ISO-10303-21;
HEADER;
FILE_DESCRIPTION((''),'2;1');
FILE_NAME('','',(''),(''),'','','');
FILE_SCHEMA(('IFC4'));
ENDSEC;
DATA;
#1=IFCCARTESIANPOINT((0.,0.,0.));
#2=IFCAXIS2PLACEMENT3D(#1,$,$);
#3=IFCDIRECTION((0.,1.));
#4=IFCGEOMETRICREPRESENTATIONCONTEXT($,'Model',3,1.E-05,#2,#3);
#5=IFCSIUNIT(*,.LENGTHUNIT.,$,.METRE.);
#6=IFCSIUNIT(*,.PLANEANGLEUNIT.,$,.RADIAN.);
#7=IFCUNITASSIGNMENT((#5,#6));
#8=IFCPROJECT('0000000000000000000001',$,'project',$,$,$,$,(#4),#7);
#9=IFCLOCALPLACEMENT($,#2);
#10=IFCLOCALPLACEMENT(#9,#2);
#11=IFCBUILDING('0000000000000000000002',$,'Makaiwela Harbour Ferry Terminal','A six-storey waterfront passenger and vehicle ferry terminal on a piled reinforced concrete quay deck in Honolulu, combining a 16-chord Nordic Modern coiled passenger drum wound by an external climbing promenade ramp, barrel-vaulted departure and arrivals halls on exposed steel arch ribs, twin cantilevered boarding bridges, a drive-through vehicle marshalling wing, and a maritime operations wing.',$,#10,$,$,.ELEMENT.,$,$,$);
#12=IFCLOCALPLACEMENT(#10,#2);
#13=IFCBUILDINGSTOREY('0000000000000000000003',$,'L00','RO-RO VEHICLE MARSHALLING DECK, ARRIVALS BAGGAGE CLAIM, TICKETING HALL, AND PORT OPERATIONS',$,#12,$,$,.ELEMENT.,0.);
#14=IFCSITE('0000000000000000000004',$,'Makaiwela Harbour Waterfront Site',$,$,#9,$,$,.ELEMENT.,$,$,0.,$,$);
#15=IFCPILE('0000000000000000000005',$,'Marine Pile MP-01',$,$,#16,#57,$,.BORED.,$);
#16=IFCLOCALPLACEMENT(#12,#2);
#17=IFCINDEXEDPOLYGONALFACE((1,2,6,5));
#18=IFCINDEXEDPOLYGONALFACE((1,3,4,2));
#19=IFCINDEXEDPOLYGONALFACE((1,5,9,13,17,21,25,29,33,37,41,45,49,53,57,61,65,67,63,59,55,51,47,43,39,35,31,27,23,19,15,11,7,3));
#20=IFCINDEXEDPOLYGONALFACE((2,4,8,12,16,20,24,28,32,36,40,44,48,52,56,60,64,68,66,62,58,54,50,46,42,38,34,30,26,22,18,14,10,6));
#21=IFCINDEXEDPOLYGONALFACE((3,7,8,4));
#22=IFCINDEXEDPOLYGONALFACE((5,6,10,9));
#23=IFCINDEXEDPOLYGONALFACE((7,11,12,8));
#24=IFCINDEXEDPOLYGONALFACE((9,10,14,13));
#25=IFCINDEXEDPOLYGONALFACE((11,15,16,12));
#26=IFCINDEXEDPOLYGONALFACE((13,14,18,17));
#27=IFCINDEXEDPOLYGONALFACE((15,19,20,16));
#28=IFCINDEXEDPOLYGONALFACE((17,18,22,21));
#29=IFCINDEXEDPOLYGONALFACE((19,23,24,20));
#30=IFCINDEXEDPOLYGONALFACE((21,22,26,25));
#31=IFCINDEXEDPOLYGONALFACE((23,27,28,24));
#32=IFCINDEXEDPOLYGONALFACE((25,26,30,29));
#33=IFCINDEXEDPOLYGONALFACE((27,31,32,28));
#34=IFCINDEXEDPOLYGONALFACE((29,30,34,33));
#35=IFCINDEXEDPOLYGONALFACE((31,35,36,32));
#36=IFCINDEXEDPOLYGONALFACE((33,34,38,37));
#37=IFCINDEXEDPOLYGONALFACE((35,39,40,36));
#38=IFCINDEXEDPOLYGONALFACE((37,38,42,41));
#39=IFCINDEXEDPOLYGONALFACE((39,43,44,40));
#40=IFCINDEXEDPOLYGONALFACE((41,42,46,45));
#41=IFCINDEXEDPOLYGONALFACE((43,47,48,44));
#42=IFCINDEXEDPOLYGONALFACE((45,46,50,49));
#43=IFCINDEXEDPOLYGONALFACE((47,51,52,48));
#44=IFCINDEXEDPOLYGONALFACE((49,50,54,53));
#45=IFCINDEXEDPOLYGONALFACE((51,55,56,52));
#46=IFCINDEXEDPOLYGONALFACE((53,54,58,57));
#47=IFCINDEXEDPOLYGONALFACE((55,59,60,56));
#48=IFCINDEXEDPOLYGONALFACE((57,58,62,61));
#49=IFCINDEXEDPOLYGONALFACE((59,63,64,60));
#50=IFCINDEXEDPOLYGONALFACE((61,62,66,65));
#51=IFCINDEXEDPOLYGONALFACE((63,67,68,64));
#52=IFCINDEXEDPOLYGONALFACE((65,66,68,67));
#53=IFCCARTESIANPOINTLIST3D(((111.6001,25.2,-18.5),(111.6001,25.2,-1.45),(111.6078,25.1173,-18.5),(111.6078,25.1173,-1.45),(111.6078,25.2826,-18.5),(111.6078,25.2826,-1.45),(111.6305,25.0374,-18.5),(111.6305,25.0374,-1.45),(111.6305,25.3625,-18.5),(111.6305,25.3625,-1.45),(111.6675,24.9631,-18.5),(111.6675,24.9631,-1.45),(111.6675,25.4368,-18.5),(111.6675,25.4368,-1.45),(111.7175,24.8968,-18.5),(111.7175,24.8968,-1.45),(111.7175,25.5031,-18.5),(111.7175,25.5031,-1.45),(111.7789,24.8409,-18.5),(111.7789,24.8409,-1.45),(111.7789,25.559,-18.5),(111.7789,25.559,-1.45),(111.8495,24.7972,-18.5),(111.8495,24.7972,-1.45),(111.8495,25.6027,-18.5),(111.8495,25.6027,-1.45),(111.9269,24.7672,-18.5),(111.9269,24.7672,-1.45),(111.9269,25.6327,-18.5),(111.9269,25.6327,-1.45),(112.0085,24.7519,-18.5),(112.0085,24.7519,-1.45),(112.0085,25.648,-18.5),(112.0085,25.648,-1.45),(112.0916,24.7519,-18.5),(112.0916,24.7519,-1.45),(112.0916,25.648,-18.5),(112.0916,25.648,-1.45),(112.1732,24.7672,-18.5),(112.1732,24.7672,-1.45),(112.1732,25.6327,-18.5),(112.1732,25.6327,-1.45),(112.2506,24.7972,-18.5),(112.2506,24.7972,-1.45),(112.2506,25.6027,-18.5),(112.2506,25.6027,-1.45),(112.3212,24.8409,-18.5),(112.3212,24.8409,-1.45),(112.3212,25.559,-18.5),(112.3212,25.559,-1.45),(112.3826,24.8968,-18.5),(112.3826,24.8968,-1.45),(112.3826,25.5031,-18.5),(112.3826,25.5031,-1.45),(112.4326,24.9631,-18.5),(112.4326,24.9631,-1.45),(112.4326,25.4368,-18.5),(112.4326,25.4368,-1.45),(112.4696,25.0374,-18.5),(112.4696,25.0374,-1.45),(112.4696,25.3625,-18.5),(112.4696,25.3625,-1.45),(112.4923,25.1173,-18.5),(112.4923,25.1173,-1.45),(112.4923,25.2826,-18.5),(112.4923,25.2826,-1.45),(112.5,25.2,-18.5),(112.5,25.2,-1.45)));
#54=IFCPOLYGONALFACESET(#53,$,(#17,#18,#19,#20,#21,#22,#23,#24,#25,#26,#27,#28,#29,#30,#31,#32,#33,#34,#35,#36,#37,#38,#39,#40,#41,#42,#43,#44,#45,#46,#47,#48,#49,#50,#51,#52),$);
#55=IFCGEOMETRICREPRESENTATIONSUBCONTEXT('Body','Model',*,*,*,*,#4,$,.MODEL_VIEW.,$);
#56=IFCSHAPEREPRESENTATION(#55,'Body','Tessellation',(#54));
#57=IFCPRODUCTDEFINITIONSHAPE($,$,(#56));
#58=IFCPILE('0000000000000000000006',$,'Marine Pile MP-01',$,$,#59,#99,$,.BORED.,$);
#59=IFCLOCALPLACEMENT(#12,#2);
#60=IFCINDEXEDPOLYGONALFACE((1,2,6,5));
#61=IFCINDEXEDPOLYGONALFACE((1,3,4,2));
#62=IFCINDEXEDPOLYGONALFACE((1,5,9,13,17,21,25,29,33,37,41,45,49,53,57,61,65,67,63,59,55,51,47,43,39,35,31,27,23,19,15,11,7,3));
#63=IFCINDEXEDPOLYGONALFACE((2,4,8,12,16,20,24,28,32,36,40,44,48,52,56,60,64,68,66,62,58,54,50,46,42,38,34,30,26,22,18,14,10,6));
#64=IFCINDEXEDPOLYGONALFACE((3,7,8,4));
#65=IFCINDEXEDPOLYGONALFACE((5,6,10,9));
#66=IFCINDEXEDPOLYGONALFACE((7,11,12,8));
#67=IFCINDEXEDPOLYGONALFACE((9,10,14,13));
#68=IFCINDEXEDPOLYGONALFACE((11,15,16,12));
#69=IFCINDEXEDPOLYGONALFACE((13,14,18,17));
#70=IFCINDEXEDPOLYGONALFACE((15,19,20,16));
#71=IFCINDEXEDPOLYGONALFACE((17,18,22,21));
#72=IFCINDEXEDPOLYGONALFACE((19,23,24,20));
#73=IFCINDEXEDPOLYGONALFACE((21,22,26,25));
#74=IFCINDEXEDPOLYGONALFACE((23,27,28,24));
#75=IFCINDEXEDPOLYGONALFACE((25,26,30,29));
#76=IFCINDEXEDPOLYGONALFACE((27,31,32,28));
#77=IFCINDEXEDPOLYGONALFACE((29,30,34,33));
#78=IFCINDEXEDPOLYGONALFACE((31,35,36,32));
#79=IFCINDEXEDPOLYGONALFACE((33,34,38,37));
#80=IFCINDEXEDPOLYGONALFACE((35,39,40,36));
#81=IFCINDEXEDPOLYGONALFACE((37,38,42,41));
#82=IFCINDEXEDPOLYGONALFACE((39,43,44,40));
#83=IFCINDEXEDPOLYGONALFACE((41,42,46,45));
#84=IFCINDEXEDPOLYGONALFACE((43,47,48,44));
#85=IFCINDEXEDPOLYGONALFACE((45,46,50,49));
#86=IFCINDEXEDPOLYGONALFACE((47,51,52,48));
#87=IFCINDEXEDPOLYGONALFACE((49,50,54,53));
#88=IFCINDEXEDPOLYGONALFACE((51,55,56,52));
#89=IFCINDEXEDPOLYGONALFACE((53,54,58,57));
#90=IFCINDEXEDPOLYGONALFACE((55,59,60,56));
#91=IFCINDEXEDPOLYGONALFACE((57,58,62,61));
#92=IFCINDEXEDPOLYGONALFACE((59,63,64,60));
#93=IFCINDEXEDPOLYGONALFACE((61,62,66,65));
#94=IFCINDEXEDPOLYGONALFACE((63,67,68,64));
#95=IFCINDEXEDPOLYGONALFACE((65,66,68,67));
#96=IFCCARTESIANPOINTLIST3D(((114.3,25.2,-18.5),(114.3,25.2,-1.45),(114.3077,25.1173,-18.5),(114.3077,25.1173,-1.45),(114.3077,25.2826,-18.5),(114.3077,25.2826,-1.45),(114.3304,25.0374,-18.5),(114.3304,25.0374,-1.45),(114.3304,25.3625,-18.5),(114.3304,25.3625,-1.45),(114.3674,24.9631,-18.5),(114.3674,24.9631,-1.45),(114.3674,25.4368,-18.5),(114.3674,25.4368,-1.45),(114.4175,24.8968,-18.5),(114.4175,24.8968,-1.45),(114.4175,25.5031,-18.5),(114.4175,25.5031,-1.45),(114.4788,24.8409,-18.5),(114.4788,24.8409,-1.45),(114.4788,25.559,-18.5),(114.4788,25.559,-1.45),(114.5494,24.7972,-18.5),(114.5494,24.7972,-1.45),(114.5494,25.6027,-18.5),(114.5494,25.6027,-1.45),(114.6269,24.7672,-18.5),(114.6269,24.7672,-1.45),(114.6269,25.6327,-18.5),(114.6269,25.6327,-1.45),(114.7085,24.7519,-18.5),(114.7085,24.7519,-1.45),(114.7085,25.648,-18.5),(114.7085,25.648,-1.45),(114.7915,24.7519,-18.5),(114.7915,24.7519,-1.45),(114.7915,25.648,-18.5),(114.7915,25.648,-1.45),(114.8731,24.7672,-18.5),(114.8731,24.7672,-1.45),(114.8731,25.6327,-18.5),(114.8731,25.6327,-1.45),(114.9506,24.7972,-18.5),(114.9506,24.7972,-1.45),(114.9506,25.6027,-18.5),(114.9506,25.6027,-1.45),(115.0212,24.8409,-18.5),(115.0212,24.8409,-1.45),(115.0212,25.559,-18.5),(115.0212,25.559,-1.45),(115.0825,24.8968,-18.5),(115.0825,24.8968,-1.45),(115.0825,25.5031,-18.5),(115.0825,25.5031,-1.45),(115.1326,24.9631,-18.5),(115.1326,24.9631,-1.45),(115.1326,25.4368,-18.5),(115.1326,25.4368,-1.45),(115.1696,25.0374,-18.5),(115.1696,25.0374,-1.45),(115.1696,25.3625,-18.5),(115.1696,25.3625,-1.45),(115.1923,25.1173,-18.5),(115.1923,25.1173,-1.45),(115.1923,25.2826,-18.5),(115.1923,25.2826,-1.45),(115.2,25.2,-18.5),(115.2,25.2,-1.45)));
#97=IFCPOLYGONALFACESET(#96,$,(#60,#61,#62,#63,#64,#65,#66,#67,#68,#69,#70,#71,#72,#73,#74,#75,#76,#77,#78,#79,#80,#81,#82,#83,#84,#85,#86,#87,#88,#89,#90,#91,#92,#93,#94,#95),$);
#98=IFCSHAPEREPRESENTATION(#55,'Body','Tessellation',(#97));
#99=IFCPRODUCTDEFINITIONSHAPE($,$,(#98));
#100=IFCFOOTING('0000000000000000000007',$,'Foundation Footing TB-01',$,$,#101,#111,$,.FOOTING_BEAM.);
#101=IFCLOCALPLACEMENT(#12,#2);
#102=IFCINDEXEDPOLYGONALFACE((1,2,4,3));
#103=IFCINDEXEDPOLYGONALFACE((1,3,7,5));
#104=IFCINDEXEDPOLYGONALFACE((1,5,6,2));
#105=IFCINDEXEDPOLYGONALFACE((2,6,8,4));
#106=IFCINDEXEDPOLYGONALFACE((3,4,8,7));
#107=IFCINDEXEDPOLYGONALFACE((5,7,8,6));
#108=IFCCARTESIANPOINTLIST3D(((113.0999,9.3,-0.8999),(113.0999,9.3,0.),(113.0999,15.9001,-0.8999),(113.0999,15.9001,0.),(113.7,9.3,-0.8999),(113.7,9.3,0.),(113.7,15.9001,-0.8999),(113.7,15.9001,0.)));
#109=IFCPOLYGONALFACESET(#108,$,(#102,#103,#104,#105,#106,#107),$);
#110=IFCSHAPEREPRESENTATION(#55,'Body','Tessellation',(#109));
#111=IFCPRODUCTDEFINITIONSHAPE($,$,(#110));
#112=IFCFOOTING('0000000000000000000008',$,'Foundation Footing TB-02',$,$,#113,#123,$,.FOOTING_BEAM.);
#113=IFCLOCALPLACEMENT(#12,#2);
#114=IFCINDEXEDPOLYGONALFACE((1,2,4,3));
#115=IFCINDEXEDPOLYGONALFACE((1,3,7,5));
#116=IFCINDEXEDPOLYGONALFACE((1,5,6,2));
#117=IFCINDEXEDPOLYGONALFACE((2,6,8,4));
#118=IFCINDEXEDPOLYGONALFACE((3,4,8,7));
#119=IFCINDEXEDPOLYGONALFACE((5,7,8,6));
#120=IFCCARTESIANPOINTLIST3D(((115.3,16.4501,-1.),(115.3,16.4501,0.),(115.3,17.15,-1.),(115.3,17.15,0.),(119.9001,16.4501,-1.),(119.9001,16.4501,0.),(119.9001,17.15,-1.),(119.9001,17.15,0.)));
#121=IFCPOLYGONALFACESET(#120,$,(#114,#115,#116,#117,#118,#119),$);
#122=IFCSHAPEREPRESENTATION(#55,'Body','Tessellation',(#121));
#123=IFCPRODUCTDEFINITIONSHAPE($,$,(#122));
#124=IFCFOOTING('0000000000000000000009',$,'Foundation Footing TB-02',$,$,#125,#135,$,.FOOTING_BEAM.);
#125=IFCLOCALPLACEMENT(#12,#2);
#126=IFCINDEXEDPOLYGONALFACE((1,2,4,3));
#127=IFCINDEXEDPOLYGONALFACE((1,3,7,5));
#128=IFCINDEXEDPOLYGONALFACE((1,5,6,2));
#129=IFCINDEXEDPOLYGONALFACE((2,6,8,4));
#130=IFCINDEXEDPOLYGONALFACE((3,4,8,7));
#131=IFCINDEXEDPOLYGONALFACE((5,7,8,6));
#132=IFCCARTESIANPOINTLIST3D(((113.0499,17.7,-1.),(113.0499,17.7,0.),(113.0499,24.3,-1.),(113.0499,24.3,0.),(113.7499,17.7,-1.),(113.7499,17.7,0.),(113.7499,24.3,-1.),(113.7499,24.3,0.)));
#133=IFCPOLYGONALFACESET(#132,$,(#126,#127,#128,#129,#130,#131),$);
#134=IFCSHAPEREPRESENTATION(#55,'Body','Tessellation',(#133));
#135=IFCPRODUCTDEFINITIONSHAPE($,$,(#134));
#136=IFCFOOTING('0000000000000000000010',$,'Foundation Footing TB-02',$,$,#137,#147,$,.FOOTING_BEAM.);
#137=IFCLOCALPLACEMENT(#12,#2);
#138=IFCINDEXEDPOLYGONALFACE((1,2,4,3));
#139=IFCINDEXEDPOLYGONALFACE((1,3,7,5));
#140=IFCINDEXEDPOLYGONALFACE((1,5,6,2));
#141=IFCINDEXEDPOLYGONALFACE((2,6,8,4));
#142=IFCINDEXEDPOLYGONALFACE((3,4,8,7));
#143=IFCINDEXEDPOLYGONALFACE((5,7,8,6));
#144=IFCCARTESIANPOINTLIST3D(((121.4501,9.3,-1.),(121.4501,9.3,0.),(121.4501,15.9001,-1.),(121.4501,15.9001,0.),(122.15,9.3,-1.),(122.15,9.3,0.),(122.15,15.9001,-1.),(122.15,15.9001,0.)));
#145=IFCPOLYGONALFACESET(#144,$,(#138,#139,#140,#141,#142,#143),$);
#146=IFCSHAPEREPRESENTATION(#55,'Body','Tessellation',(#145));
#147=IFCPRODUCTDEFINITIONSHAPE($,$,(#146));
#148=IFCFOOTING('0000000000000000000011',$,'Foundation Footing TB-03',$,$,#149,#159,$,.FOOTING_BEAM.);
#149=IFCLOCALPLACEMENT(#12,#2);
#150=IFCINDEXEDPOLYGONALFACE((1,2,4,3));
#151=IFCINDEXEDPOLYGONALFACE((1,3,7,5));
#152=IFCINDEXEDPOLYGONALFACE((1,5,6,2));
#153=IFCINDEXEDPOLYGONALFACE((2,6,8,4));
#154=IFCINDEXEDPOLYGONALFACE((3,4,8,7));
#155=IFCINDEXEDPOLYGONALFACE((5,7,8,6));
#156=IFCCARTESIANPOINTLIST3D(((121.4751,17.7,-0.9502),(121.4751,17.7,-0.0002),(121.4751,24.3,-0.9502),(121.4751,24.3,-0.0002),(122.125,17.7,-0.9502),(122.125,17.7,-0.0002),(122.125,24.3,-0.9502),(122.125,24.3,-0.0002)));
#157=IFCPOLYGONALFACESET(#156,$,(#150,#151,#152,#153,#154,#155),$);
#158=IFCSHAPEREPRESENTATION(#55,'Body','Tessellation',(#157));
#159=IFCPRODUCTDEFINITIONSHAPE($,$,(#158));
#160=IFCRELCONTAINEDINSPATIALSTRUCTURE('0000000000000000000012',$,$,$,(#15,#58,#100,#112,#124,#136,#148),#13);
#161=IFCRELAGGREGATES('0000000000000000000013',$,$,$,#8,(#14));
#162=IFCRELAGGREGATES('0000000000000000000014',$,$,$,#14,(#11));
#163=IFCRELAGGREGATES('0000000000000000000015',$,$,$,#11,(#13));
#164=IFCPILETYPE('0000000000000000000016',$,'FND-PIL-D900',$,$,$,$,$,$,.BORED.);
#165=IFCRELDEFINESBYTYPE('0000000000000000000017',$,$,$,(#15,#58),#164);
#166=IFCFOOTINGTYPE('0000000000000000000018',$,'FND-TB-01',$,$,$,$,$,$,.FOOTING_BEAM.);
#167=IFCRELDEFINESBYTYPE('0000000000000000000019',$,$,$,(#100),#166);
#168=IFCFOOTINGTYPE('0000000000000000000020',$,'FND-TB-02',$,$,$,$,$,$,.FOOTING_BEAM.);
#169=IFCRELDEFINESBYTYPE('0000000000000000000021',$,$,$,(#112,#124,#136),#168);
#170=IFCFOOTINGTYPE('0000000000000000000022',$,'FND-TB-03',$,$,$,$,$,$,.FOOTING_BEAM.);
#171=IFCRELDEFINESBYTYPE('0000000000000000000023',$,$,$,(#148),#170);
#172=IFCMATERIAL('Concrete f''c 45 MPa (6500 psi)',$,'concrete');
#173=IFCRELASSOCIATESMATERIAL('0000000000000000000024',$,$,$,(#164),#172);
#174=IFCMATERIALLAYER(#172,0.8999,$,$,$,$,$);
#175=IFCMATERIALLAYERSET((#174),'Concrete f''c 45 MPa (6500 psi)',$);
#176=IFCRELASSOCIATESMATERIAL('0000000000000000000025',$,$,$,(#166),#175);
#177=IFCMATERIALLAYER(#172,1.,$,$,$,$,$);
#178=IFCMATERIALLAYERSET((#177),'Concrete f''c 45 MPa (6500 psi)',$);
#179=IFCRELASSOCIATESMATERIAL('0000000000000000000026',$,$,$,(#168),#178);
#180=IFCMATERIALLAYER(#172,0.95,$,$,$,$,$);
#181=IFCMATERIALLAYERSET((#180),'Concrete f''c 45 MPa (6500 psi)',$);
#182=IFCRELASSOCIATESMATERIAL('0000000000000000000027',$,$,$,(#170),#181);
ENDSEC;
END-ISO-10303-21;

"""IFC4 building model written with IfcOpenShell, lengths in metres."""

from ifc_helpers import new_model, si_unit, direction, frame, origin, origin_2d, place, context, subcontext, project, spatial, rectangle, circle, extrude, material, layer, layer_set, material_profile, profile_set, type_object, element, save


model = new_model("IFC4")

# Units and contexts
model_context = context("Model", 3, precision=1e-05, world=origin(), true_north=direction((0.0, 1.0)))
body_context = subcontext(model_context, "Body", "Model", "MODEL_VIEW")
ifc_project = project(units=[si_unit("LENGTHUNIT", "METRE"), si_unit("PLANEANGLEUNIT", "RADIAN")], contexts=[model_context])

# Site, building, storey
site_placement = place(None, origin())
site = spatial("IfcSite", under=ifc_project, at=site_placement, Name="Makaiwela Harbour Waterfront Site", CompositionType="ELEMENT", RefElevation=0.0)
building_placement = place(site_placement, origin())
building = spatial("IfcBuilding", under=site, at=building_placement, Name="Makaiwela Harbour Ferry Terminal", Description="A six-storey waterfront passenger and vehicle ferry terminal on a piled reinforced concrete quay deck in Honolulu, combining a 16-chord Nordic Modern coiled passenger drum wound by an external climbing promenade ramp, barrel-vaulted departure and arrivals halls on exposed steel arch ribs, twin cantilevered boarding bridges, a drive-through vehicle marshalling wing, and a maritime operations wing.", CompositionType="ELEMENT")
storey_placement = place(building_placement, origin())
storey = spatial("IfcBuildingStorey", under=building, at=storey_placement, Name="L00", Description="RO-RO VEHICLE MARSHALLING DECK, ARRIVALS BAGGAGE CLAIM, TICKETING HALL, AND PORT OPERATIONS", CompositionType="ELEMENT", Elevation=0.0)

# Shared definitions
ifc_material_1 = material(Name="Concrete f'c 45 MPa (6500 psi)", Category="concrete")

# Piles
ifc_material_profile_1 = material_profile(ifc_material_1, circle(Radius=0.45, at=origin_2d()), Name="PILE-D900")
ifc_profile_set_1 = profile_set([ifc_material_profile_1], Name="Concrete f'c 45 MPa (6500 psi)")
pile_type_1 = type_object("IfcPileType", Name="FND-PIL-D900", PredefinedType="BORED", material=ifc_profile_set_1)
for number, where, z_axis, x_axis, name in (
    (1, (112.05, 25.2, -1.45), (0.0, 0.0, -1.0), (1.0, 0.0, 0.0), "Marine Pile MP-01"),
    (2, (114.75, 25.2, -1.45), (0.0, 0.0, -1.0), (1.0, 0.0, 0.0), "Marine Pile MP-01"),
):
    element("IfcPile", number, at=place(storey_placement, frame(where, z_axis=z_axis, x_axis=x_axis)), inside=storey, type_object=pile_type_1, Name=name, PredefinedType="BORED", context=body_context, shape_type="SweptSolid", body=[
        extrude(circle(Radius=0.45, at=origin_2d()), origin(), (0.0, 0.0, 1.0), 17.05),
    ])

# Footings
ifc_layer_1 = layer(ifc_material_1, 0.8999)
ifc_layer_set_1 = layer_set([ifc_layer_1], Name="Concrete f'c 45 MPa (6500 psi)")
footing_type_1 = type_object("IfcFootingType", Name="FND-TB-01", PredefinedType="FOOTING_BEAM", material=ifc_layer_set_1)
footing_1_placement = place(storey_placement, frame((113.3999, 12.6001, -0.8999), z_axis=(0.0, 0.0, 1.0), x_axis=(0.0, 1.0, 0.0)))
element("IfcFooting", 3, at=footing_1_placement, inside=storey, type_object=footing_type_1, Name="Foundation Footing TB-01", PredefinedType="FOOTING_BEAM", context=body_context, shape_type="SweptSolid", body=[
    extrude(rectangle(XDim=6.6001, YDim=0.6001, at=origin_2d()), origin(), (0.0, 0.0, 1.0), 0.8999),
])
ifc_layer_2 = layer(ifc_material_1, 1.0)
ifc_layer_set_2 = layer_set([ifc_layer_2], Name="Concrete f'c 45 MPa (6500 psi)")
footing_type_2 = type_object("IfcFootingType", Name="FND-TB-02", PredefinedType="FOOTING_BEAM", material=ifc_layer_set_2)
footing_2_placement = place(storey_placement, frame((117.6001, 16.8, -1.0), z_axis=(0.0, 0.0, 1.0), x_axis=(1.0, 0.0, 0.0)))
element("IfcFooting", 4, at=footing_2_placement, inside=storey, type_object=footing_type_2, Name="Foundation Footing TB-02", PredefinedType="FOOTING_BEAM", context=body_context, shape_type="SweptSolid", body=[
    extrude(rectangle(XDim=4.6001, YDim=0.7, at=origin_2d()), origin(), (0.0, 0.0, 1.0), 1.0),
])
for number, where, z_axis, x_axis, name in (
    (5, (113.3999, 21.0, -1.0), (0.0, 0.0, 1.0), (0.0, 1.0, 0.0), "Foundation Footing TB-02"),
    (6, (121.8, 12.6001, -1.0), (0.0, 0.0, 1.0), (0.0, 1.0, 0.0), "Foundation Footing TB-02"),
):
    element("IfcFooting", number, at=place(storey_placement, frame(where, z_axis=z_axis, x_axis=x_axis)), inside=storey, type_object=footing_type_2, Name=name, PredefinedType="FOOTING_BEAM", context=body_context, shape_type="SweptSolid", body=[
        extrude(rectangle(XDim=6.6001, YDim=0.7, at=origin_2d()), origin(), (0.0, 0.0, 1.0), 1.0),
    ])
ifc_layer_3 = layer(ifc_material_1, 0.95)
ifc_layer_set_3 = layer_set([ifc_layer_3], Name="Concrete f'c 45 MPa (6500 psi)")
footing_type_3 = type_object("IfcFootingType", Name="FND-TB-03", PredefinedType="FOOTING_BEAM", material=ifc_layer_set_3)
footing_3_placement = place(storey_placement, frame((121.8, 21.0, -0.9502), z_axis=(0.0, 0.0, 1.0), x_axis=(0.0, 1.0, 0.0)))
element("IfcFooting", 7, at=footing_3_placement, inside=storey, type_object=footing_type_3, Name="Foundation Footing TB-03", PredefinedType="FOOTING_BEAM", context=body_context, shape_type="SweptSolid", body=[
    extrude(rectangle(XDim=6.6001, YDim=0.6499, at=origin_2d()), origin(), (0.0, 0.0, 1.0), 0.95),
])

save(model, "model.ifc")
